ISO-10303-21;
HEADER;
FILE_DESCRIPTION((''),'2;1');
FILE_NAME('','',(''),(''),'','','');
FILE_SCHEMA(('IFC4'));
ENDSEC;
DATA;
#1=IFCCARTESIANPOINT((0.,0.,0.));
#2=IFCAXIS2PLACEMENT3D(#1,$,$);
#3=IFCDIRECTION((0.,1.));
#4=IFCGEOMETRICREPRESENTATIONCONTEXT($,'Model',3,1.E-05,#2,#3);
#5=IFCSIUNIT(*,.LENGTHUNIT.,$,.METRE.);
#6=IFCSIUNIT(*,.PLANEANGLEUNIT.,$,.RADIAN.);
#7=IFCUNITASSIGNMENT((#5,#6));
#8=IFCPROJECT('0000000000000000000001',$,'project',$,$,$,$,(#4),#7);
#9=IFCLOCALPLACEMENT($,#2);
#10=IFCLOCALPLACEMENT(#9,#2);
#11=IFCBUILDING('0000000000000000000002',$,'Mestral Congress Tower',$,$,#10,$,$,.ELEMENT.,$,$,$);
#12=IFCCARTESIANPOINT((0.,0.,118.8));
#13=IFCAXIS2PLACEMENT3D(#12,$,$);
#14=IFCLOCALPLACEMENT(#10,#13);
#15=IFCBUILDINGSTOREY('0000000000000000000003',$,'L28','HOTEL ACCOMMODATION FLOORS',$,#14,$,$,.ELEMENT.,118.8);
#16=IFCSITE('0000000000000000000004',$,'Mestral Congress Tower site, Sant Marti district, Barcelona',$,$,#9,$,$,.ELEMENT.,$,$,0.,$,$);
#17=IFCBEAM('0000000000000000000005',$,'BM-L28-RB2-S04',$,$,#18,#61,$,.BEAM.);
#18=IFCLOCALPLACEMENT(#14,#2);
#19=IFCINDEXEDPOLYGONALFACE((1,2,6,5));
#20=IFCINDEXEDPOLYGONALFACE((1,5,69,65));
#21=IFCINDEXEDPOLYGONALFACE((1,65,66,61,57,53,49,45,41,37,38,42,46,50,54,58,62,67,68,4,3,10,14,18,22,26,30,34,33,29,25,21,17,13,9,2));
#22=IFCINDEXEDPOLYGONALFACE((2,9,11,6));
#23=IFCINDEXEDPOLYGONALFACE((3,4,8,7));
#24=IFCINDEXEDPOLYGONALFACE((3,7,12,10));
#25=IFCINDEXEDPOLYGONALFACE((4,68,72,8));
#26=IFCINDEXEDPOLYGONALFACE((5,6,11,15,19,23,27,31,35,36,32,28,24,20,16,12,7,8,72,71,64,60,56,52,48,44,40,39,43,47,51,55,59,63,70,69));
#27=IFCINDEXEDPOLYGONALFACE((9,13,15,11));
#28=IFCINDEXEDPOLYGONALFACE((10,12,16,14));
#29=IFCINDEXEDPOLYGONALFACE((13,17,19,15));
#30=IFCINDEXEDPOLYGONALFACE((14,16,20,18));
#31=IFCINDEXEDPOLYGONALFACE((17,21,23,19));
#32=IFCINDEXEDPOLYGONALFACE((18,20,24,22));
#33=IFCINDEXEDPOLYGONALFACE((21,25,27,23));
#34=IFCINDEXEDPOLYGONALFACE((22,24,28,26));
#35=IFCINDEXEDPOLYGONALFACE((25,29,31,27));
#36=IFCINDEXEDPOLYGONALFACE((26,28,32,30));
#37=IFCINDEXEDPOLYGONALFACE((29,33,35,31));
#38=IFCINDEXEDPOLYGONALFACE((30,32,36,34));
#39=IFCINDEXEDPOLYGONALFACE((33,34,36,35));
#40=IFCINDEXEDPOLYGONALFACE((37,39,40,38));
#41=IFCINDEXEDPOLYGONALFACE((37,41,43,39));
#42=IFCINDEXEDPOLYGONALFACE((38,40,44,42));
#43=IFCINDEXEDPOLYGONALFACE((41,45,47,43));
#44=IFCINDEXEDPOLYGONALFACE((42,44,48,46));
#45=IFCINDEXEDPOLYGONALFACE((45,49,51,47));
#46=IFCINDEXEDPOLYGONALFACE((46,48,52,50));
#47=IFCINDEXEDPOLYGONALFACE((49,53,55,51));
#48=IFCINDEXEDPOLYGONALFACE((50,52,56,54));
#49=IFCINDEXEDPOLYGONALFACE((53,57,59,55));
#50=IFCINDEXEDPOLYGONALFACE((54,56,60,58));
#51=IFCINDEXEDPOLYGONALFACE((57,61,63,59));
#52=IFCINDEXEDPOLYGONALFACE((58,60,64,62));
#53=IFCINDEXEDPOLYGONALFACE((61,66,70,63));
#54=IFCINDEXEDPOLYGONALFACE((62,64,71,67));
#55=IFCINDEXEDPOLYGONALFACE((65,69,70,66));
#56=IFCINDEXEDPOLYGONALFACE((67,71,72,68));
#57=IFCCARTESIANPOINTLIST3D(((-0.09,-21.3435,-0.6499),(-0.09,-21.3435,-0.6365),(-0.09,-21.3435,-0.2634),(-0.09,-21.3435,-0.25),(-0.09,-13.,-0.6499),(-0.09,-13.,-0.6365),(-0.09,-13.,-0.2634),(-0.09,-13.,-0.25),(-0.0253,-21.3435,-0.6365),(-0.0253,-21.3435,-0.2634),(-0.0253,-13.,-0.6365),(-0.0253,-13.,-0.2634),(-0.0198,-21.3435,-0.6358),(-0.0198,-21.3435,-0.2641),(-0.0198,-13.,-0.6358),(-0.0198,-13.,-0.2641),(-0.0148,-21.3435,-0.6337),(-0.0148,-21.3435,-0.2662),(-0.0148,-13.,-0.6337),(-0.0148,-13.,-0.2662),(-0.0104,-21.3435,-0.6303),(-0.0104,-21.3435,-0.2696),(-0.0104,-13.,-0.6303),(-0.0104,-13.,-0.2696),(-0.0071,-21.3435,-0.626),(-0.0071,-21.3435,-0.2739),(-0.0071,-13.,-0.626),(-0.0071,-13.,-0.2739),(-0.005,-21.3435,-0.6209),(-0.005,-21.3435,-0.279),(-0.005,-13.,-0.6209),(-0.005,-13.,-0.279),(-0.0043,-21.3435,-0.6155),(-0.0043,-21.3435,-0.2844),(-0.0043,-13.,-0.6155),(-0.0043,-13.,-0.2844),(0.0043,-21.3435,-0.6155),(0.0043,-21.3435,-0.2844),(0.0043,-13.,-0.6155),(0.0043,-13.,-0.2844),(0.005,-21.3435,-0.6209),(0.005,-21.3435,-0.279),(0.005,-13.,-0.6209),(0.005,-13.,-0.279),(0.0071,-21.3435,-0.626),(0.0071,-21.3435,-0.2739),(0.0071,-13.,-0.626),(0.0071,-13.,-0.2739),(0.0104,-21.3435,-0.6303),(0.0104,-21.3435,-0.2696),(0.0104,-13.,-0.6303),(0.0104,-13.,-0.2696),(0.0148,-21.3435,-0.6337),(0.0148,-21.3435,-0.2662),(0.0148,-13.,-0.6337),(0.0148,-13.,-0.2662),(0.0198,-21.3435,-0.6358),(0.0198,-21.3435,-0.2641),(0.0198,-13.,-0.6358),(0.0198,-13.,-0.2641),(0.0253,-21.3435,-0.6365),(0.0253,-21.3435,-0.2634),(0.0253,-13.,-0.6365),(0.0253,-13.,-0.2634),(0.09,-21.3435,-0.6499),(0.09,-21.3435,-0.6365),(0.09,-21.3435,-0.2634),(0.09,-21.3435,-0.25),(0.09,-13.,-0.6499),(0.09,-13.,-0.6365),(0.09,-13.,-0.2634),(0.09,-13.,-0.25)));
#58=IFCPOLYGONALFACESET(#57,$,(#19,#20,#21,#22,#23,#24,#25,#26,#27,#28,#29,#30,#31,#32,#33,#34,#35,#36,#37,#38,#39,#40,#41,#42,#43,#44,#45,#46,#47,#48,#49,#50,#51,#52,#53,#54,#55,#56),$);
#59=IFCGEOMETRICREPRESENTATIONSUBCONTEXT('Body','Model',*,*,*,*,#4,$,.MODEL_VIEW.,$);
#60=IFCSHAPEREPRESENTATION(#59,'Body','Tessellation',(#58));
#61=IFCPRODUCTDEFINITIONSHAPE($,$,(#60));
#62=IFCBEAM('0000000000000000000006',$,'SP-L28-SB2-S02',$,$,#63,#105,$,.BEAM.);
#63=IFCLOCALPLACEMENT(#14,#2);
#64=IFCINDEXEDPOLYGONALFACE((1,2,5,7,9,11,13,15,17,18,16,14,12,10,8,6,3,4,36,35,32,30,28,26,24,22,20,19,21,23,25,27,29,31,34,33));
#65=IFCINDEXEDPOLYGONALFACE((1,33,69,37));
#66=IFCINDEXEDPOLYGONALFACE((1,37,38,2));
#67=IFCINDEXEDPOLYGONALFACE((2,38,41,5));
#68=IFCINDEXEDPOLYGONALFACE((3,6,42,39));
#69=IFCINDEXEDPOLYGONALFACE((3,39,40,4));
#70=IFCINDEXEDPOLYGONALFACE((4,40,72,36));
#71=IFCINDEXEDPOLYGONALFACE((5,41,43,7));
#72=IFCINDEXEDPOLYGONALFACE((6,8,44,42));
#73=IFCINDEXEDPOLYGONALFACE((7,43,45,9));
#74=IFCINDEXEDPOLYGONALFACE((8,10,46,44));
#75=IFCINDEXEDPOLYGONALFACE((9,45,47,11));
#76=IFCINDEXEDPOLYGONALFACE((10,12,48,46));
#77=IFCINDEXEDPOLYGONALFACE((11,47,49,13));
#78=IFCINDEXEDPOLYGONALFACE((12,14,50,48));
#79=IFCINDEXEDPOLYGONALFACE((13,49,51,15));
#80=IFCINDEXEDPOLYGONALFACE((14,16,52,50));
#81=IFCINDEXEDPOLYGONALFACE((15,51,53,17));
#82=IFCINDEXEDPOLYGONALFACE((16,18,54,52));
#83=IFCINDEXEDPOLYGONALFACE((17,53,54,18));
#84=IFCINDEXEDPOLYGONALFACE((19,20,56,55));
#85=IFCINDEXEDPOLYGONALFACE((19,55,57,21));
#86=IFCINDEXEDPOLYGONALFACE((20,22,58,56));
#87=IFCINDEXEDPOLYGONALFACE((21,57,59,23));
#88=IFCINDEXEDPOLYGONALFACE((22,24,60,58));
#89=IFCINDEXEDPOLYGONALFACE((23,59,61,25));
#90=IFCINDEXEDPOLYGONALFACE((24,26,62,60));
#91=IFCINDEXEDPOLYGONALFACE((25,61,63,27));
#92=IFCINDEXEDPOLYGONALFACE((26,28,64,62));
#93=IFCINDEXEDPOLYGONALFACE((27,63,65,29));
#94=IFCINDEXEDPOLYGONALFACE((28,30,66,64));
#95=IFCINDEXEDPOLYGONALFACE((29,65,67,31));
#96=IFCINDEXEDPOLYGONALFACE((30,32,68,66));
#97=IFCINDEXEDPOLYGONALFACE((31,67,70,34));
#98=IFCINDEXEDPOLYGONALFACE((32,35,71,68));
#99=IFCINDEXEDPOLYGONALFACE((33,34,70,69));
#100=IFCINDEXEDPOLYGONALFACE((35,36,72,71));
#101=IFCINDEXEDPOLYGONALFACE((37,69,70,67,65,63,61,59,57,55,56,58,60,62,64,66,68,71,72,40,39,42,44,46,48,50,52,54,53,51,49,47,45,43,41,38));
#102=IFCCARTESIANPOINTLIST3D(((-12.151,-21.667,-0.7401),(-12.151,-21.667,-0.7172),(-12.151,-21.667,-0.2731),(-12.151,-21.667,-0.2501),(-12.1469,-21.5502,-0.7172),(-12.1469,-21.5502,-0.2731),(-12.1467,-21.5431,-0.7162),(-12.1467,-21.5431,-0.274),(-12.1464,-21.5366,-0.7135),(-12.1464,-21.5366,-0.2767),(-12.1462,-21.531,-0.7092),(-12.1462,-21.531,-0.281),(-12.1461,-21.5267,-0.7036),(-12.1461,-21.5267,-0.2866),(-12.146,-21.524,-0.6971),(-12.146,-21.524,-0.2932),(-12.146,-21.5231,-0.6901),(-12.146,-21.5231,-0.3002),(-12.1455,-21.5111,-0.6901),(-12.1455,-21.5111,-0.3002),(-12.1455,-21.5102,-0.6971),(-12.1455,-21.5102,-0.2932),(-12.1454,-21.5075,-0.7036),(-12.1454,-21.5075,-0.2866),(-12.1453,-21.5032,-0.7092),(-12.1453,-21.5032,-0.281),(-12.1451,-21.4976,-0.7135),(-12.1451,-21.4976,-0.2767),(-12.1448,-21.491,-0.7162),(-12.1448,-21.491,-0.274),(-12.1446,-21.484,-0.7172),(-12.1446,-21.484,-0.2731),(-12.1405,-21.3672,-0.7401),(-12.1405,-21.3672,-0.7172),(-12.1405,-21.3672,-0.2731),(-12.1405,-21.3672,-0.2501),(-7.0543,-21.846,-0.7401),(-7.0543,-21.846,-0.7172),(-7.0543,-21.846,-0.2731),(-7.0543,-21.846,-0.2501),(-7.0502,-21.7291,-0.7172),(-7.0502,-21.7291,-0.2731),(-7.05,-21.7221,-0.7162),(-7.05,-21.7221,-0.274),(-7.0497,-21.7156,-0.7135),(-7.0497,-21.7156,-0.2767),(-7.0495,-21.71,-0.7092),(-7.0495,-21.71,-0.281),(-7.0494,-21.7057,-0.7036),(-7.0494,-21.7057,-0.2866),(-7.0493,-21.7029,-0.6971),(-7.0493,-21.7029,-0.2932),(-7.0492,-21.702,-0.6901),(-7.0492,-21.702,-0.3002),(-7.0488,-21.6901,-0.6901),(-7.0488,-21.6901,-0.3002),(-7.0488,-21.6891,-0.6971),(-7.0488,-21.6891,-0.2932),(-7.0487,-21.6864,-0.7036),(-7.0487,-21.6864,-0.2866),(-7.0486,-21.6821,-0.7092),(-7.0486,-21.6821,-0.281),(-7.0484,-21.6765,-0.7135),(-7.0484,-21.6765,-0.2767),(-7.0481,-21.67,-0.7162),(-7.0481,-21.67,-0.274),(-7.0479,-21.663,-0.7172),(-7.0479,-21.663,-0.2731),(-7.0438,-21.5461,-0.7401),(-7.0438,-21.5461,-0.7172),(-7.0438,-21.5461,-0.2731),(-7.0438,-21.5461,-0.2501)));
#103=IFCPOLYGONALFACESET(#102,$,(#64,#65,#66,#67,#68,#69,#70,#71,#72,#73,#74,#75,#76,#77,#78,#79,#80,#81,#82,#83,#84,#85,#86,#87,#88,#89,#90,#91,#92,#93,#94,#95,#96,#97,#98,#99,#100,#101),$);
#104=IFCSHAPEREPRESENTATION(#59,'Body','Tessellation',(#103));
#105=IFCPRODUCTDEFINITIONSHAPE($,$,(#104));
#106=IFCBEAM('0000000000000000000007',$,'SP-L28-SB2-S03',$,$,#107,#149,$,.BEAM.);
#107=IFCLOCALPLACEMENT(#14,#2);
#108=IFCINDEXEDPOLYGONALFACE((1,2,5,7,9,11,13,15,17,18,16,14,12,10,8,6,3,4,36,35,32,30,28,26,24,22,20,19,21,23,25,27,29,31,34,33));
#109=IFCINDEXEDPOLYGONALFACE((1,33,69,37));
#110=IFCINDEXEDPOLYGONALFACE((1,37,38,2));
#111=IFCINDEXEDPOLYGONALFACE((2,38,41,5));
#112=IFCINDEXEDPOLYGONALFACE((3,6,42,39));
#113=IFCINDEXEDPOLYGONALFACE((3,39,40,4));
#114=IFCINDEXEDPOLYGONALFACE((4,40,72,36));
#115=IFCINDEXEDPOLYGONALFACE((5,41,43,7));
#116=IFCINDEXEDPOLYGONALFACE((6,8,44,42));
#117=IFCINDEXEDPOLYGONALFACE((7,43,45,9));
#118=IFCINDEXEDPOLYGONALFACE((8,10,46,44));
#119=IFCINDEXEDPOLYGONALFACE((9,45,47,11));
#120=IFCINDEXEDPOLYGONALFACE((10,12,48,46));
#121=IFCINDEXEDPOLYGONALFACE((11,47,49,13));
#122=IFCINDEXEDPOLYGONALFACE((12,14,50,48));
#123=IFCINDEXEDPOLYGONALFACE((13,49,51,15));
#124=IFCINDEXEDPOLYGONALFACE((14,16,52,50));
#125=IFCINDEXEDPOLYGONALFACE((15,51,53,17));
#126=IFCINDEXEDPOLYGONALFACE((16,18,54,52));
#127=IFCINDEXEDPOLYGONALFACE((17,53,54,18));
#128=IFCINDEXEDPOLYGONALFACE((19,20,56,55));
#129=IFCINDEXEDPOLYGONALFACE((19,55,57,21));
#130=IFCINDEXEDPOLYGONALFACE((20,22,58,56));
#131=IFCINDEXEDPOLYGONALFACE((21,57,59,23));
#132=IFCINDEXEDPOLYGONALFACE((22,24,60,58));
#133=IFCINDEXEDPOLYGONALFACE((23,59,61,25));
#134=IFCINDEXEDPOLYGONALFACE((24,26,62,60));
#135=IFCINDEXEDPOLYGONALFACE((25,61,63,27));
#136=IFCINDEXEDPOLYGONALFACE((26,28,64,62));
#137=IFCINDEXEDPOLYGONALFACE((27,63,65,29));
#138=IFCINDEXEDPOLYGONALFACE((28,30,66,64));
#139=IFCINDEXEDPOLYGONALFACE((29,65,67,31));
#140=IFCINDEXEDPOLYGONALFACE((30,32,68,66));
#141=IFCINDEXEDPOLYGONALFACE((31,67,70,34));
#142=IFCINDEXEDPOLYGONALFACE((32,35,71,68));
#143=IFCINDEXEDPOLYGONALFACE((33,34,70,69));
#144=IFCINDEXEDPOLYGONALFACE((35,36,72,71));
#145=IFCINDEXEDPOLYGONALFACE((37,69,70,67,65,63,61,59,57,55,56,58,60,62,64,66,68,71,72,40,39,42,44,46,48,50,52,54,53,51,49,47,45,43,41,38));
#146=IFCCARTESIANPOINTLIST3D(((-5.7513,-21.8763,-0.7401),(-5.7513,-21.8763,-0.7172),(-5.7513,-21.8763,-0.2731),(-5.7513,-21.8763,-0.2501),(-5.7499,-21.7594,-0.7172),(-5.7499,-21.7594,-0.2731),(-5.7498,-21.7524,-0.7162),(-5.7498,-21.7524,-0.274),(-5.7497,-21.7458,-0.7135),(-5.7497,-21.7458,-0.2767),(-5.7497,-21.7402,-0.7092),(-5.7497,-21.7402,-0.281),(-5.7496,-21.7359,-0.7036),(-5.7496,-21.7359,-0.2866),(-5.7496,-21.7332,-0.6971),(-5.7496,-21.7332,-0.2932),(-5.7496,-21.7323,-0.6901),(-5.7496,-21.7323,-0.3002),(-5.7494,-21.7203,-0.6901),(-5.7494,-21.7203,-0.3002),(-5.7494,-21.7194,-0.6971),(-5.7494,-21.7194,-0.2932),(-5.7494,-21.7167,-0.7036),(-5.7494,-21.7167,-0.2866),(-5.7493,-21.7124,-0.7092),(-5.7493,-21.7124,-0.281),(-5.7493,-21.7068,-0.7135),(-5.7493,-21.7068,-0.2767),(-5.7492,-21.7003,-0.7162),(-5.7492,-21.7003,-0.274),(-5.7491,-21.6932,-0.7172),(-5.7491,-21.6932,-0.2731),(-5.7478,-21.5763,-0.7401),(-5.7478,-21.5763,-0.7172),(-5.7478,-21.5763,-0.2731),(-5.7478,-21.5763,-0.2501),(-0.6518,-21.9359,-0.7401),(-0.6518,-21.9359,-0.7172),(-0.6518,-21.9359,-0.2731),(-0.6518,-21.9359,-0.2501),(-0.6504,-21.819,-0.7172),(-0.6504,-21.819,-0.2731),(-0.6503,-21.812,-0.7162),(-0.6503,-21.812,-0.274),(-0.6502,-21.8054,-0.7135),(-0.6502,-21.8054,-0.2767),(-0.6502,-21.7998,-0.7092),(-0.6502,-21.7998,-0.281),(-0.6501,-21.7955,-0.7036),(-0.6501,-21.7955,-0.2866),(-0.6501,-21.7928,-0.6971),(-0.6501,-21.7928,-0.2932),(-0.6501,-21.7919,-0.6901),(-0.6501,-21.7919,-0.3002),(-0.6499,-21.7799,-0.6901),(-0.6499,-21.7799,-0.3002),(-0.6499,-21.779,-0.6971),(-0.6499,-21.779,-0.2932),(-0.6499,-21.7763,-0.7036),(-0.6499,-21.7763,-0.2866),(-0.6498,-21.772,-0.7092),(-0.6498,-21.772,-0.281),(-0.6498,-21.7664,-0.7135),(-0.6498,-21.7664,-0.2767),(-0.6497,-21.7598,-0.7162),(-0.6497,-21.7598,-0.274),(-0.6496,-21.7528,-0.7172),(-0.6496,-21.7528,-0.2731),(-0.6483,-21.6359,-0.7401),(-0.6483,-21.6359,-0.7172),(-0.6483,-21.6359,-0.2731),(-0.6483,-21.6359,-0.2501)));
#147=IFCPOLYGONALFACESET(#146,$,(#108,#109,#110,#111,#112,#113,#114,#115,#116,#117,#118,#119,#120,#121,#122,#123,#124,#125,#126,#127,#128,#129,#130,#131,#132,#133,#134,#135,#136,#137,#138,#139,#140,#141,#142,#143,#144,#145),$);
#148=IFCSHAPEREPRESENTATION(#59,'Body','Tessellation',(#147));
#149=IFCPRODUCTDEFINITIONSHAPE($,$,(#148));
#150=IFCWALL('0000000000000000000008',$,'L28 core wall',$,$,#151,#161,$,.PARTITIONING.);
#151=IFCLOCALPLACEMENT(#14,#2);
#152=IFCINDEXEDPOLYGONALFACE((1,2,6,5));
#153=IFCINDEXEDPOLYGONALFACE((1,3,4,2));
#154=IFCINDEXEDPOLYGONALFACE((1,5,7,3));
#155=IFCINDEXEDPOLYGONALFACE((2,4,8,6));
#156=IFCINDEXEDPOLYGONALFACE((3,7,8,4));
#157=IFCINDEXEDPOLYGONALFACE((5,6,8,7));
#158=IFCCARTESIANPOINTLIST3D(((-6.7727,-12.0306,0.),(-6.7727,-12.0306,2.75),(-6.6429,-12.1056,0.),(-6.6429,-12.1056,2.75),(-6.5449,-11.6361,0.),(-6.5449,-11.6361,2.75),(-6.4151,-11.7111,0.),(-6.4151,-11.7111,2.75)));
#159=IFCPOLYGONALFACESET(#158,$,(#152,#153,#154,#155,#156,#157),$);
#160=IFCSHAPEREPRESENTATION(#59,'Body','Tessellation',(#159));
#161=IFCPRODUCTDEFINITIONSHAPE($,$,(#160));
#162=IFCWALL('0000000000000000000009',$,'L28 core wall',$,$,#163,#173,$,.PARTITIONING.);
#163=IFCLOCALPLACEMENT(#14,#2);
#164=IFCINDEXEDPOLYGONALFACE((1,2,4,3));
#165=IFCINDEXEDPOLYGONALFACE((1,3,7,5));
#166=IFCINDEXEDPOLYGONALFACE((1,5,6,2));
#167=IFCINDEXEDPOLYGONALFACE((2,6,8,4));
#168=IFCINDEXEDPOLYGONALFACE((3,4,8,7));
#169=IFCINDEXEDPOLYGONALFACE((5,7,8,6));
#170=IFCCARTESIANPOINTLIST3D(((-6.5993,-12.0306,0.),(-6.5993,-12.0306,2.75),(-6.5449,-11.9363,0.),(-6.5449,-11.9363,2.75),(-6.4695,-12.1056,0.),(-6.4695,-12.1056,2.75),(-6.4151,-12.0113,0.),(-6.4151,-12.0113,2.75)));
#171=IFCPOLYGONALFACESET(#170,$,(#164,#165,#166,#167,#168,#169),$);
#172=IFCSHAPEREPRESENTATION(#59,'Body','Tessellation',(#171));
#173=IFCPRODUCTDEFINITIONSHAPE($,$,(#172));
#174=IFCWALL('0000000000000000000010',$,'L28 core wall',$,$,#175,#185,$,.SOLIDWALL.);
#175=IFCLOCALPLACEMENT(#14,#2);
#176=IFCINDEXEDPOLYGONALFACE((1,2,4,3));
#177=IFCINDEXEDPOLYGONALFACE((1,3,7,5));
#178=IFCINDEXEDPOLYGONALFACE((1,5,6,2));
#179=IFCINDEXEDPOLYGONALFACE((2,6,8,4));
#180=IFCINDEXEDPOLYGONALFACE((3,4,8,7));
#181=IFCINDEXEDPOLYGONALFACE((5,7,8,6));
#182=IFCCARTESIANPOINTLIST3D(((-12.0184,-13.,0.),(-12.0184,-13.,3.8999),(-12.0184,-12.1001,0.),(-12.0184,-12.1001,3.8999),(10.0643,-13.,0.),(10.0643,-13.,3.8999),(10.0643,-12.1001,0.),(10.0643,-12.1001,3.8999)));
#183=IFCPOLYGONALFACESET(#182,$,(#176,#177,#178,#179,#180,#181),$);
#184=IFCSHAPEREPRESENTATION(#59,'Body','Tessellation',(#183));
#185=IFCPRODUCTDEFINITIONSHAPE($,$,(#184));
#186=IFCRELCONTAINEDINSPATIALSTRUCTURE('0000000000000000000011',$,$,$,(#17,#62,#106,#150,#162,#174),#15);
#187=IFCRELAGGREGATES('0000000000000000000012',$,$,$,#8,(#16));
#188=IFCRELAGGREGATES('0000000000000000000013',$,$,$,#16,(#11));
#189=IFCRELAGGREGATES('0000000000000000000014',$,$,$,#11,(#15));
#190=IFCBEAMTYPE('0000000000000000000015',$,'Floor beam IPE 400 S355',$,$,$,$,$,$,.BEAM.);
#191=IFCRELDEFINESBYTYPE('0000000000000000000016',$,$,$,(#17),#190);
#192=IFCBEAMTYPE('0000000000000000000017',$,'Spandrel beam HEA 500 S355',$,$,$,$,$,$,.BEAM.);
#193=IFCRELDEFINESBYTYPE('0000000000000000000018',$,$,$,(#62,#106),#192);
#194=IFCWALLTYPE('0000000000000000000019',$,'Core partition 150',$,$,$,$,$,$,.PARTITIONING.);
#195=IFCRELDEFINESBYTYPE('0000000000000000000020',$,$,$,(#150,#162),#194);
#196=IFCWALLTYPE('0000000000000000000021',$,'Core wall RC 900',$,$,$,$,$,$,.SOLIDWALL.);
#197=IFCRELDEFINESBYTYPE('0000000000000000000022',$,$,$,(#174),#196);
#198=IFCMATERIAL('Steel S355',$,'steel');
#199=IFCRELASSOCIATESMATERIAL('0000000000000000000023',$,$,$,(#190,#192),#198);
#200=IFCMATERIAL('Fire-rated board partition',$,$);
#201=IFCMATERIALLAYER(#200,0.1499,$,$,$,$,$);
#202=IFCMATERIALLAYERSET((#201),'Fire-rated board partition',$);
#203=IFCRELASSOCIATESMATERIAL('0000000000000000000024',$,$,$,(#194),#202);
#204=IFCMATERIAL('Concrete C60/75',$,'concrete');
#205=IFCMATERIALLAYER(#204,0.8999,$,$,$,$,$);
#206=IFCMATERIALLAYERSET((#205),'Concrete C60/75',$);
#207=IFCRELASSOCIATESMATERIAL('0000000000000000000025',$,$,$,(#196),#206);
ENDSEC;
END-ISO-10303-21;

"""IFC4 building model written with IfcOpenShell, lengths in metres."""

from ifc_helpers import new_model, si_unit, direction, frame, frame_2d, origin, origin_2d, place, context, subcontext, project, spatial, rectangle, i_section, extrude, material, layer, layer_set, material_profile, profile_set, type_object, element, save


model = new_model("IFC4")

# Units and contexts
model_context = context("Model", 3, precision=1e-05, world=origin(), true_north=direction((0.0, 1.0)))
body_context = subcontext(model_context, "Body", "Model", "MODEL_VIEW")
ifc_project = project(units=[si_unit("LENGTHUNIT", "METRE"), si_unit("PLANEANGLEUNIT", "RADIAN")], contexts=[model_context])

# Site, building, storey
site_placement = place(None, origin())
site = spatial("IfcSite", under=ifc_project, at=site_placement, Name="Mestral Congress Tower site, Sant Marti district, Barcelona", CompositionType="ELEMENT", RefElevation=0.0)
building_placement = place(site_placement, origin())
building = spatial("IfcBuilding", under=site, at=building_placement, Name="Mestral Congress Tower", CompositionType="ELEMENT")
storey_placement = place(building_placement, frame((0.0, 0.0, 118.8)))
storey = spatial("IfcBuildingStorey", under=building, at=storey_placement, Name="L28", Description="HOTEL ACCOMMODATION FLOORS", CompositionType="ELEMENT", Elevation=118.8)

# Beams
ifc_material_1 = material(Name="Steel S355", Category="steel")
ifc_material_profile_1 = material_profile(ifc_material_1, i_section(OverallWidth=0.1799, OverallDepth=0.3999, WebThickness=0.0085, FlangeThickness=0.0134, FilletRadius=0.021, at=origin_2d()), Name="IPE 400")
ifc_profile_set_1 = profile_set([ifc_material_profile_1], Name="Steel S355")
beam_type_1 = type_object("IfcBeamType", Name="Floor beam IPE 400 S355", PredefinedType="BEAM", material=ifc_profile_set_1)
beam_1_placement = place(storey_placement, frame((0.0, -21.3435, -0.45), z_axis=(0.0, 1.0, 0.0), x_axis=(-1.0, 0.0, 0.0)))
element("IfcBeam", 1, at=beam_1_placement, inside=storey, type_object=beam_type_1, Name="BM-L28-RB2-S04", PredefinedType="BEAM", context=body_context, shape_type="SweptSolid", body=[
    extrude(i_section(OverallWidth=0.1799, OverallDepth=0.3999, WebThickness=0.0085, FlangeThickness=0.0134, FilletRadius=0.021, at=origin_2d()), origin(), (0.0, 0.0, 1.0), 8.3435),
])
ifc_material_profile_2 = material_profile(ifc_material_1, i_section(OverallWidth=0.3, OverallDepth=0.49, WebThickness=0.012, FlangeThickness=0.0229, FilletRadius=0.0271, at=origin_2d()), Name="HEA 500")
ifc_profile_set_2 = profile_set([ifc_material_profile_2], Name="Steel S355")
beam_type_2 = type_object("IfcBeamType", Name="Spandrel beam HEA 500 S355", PredefinedType="BEAM", material=ifc_profile_set_2)
for number, where, z_axis, x_axis, name in (
    (2, (-12.1458, -21.5171, -0.4951), (0.999384, -0.03509, 0.0), (0.03509, 0.999384, 0.0), "SP-L28-SB2-S02"),
    (3, (-5.7495, -21.7263, -0.4951), (0.999932, -0.011681, 0.0), (0.011681, 0.999932, 0.0), "SP-L28-SB2-S03"),
):
    element("IfcBeam", number, at=place(storey_placement, frame(where, z_axis=z_axis, x_axis=x_axis)), inside=storey, type_object=beam_type_2, Name=name, PredefinedType="BEAM", context=body_context, shape_type="SweptSolid", body=[
        extrude(i_section(OverallWidth=0.3, OverallDepth=0.49, WebThickness=0.012, FlangeThickness=0.0229, FilletRadius=0.0271, at=origin_2d()), origin(), (0.0, 0.0, 1.0), 5.0999),
    ])

# Walls
ifc_material_2 = material(Name="Fire-rated board partition")
ifc_layer_1 = layer(ifc_material_2, 0.1499)
ifc_layer_set_1 = layer_set([ifc_layer_1], Name="Fire-rated board partition")
wall_type_1 = type_object("IfcWallType", Name="Core partition 150", PredefinedType="PARTITIONING", material=ifc_layer_set_1)
wall_1_placement = place(storey_placement, frame((-6.7078, -12.0681, 0.0), z_axis=(0.0, 0.0, 1.0), x_axis=(0.500001, 0.866025, 0.0)))
element("IfcWall", 4, at=wall_1_placement, inside=storey, type_object=wall_type_1, Name="L28 core wall", PredefinedType="PARTITIONING", context=body_context, shape_type="SweptSolid", body=[
    extrude(rectangle(XDim=0.4556, YDim=0.1499, at=frame_2d((0.2278, 0.0))), origin(), (0.0, 0.0, 1.0), 2.75),
])
wall_2_placement = place(storey_placement, frame((-6.5344, -12.0681, 0.0), z_axis=(0.0, 0.0, 1.0), x_axis=(0.50024, 0.865887, 0.0)))
element("IfcWall", 5, at=wall_2_placement, inside=storey, type_object=wall_type_1, Name="L28 core wall", PredefinedType="PARTITIONING", context=body_context, shape_type="SweptSolid", body=[
    extrude(rectangle(XDim=0.1089, YDim=0.1499, at=frame_2d((0.0544, 0.0))), origin(), (0.0, 0.0, 1.0), 2.75),
])
ifc_material_3 = material(Name="Concrete C60/75", Category="concrete")
ifc_layer_2 = layer(ifc_material_3, 0.8999)
ifc_layer_set_2 = layer_set([ifc_layer_2], Name="Concrete C60/75")
wall_type_2 = type_object("IfcWallType", Name="Core wall RC 900", PredefinedType="SOLIDWALL", material=ifc_layer_set_2)
wall_3_placement = place(storey_placement, frame((-12.0186, -12.55, 0.0), z_axis=(0.0, 0.0, 1.0), x_axis=(1.0, 0.0, 0.0)))
element("IfcWall", 6, at=wall_3_placement, inside=storey, type_object=wall_type_2, Name="L28 core wall", PredefinedType="SOLIDWALL", context=body_context, shape_type="SweptSolid", body=[
    extrude(rectangle(XDim=22.0828, YDim=0.8999, at=frame_2d((11.0415, 0.0))), origin(), (0.0, 0.0, 1.0), 3.8999),
])

save(model, "model.ifc")
